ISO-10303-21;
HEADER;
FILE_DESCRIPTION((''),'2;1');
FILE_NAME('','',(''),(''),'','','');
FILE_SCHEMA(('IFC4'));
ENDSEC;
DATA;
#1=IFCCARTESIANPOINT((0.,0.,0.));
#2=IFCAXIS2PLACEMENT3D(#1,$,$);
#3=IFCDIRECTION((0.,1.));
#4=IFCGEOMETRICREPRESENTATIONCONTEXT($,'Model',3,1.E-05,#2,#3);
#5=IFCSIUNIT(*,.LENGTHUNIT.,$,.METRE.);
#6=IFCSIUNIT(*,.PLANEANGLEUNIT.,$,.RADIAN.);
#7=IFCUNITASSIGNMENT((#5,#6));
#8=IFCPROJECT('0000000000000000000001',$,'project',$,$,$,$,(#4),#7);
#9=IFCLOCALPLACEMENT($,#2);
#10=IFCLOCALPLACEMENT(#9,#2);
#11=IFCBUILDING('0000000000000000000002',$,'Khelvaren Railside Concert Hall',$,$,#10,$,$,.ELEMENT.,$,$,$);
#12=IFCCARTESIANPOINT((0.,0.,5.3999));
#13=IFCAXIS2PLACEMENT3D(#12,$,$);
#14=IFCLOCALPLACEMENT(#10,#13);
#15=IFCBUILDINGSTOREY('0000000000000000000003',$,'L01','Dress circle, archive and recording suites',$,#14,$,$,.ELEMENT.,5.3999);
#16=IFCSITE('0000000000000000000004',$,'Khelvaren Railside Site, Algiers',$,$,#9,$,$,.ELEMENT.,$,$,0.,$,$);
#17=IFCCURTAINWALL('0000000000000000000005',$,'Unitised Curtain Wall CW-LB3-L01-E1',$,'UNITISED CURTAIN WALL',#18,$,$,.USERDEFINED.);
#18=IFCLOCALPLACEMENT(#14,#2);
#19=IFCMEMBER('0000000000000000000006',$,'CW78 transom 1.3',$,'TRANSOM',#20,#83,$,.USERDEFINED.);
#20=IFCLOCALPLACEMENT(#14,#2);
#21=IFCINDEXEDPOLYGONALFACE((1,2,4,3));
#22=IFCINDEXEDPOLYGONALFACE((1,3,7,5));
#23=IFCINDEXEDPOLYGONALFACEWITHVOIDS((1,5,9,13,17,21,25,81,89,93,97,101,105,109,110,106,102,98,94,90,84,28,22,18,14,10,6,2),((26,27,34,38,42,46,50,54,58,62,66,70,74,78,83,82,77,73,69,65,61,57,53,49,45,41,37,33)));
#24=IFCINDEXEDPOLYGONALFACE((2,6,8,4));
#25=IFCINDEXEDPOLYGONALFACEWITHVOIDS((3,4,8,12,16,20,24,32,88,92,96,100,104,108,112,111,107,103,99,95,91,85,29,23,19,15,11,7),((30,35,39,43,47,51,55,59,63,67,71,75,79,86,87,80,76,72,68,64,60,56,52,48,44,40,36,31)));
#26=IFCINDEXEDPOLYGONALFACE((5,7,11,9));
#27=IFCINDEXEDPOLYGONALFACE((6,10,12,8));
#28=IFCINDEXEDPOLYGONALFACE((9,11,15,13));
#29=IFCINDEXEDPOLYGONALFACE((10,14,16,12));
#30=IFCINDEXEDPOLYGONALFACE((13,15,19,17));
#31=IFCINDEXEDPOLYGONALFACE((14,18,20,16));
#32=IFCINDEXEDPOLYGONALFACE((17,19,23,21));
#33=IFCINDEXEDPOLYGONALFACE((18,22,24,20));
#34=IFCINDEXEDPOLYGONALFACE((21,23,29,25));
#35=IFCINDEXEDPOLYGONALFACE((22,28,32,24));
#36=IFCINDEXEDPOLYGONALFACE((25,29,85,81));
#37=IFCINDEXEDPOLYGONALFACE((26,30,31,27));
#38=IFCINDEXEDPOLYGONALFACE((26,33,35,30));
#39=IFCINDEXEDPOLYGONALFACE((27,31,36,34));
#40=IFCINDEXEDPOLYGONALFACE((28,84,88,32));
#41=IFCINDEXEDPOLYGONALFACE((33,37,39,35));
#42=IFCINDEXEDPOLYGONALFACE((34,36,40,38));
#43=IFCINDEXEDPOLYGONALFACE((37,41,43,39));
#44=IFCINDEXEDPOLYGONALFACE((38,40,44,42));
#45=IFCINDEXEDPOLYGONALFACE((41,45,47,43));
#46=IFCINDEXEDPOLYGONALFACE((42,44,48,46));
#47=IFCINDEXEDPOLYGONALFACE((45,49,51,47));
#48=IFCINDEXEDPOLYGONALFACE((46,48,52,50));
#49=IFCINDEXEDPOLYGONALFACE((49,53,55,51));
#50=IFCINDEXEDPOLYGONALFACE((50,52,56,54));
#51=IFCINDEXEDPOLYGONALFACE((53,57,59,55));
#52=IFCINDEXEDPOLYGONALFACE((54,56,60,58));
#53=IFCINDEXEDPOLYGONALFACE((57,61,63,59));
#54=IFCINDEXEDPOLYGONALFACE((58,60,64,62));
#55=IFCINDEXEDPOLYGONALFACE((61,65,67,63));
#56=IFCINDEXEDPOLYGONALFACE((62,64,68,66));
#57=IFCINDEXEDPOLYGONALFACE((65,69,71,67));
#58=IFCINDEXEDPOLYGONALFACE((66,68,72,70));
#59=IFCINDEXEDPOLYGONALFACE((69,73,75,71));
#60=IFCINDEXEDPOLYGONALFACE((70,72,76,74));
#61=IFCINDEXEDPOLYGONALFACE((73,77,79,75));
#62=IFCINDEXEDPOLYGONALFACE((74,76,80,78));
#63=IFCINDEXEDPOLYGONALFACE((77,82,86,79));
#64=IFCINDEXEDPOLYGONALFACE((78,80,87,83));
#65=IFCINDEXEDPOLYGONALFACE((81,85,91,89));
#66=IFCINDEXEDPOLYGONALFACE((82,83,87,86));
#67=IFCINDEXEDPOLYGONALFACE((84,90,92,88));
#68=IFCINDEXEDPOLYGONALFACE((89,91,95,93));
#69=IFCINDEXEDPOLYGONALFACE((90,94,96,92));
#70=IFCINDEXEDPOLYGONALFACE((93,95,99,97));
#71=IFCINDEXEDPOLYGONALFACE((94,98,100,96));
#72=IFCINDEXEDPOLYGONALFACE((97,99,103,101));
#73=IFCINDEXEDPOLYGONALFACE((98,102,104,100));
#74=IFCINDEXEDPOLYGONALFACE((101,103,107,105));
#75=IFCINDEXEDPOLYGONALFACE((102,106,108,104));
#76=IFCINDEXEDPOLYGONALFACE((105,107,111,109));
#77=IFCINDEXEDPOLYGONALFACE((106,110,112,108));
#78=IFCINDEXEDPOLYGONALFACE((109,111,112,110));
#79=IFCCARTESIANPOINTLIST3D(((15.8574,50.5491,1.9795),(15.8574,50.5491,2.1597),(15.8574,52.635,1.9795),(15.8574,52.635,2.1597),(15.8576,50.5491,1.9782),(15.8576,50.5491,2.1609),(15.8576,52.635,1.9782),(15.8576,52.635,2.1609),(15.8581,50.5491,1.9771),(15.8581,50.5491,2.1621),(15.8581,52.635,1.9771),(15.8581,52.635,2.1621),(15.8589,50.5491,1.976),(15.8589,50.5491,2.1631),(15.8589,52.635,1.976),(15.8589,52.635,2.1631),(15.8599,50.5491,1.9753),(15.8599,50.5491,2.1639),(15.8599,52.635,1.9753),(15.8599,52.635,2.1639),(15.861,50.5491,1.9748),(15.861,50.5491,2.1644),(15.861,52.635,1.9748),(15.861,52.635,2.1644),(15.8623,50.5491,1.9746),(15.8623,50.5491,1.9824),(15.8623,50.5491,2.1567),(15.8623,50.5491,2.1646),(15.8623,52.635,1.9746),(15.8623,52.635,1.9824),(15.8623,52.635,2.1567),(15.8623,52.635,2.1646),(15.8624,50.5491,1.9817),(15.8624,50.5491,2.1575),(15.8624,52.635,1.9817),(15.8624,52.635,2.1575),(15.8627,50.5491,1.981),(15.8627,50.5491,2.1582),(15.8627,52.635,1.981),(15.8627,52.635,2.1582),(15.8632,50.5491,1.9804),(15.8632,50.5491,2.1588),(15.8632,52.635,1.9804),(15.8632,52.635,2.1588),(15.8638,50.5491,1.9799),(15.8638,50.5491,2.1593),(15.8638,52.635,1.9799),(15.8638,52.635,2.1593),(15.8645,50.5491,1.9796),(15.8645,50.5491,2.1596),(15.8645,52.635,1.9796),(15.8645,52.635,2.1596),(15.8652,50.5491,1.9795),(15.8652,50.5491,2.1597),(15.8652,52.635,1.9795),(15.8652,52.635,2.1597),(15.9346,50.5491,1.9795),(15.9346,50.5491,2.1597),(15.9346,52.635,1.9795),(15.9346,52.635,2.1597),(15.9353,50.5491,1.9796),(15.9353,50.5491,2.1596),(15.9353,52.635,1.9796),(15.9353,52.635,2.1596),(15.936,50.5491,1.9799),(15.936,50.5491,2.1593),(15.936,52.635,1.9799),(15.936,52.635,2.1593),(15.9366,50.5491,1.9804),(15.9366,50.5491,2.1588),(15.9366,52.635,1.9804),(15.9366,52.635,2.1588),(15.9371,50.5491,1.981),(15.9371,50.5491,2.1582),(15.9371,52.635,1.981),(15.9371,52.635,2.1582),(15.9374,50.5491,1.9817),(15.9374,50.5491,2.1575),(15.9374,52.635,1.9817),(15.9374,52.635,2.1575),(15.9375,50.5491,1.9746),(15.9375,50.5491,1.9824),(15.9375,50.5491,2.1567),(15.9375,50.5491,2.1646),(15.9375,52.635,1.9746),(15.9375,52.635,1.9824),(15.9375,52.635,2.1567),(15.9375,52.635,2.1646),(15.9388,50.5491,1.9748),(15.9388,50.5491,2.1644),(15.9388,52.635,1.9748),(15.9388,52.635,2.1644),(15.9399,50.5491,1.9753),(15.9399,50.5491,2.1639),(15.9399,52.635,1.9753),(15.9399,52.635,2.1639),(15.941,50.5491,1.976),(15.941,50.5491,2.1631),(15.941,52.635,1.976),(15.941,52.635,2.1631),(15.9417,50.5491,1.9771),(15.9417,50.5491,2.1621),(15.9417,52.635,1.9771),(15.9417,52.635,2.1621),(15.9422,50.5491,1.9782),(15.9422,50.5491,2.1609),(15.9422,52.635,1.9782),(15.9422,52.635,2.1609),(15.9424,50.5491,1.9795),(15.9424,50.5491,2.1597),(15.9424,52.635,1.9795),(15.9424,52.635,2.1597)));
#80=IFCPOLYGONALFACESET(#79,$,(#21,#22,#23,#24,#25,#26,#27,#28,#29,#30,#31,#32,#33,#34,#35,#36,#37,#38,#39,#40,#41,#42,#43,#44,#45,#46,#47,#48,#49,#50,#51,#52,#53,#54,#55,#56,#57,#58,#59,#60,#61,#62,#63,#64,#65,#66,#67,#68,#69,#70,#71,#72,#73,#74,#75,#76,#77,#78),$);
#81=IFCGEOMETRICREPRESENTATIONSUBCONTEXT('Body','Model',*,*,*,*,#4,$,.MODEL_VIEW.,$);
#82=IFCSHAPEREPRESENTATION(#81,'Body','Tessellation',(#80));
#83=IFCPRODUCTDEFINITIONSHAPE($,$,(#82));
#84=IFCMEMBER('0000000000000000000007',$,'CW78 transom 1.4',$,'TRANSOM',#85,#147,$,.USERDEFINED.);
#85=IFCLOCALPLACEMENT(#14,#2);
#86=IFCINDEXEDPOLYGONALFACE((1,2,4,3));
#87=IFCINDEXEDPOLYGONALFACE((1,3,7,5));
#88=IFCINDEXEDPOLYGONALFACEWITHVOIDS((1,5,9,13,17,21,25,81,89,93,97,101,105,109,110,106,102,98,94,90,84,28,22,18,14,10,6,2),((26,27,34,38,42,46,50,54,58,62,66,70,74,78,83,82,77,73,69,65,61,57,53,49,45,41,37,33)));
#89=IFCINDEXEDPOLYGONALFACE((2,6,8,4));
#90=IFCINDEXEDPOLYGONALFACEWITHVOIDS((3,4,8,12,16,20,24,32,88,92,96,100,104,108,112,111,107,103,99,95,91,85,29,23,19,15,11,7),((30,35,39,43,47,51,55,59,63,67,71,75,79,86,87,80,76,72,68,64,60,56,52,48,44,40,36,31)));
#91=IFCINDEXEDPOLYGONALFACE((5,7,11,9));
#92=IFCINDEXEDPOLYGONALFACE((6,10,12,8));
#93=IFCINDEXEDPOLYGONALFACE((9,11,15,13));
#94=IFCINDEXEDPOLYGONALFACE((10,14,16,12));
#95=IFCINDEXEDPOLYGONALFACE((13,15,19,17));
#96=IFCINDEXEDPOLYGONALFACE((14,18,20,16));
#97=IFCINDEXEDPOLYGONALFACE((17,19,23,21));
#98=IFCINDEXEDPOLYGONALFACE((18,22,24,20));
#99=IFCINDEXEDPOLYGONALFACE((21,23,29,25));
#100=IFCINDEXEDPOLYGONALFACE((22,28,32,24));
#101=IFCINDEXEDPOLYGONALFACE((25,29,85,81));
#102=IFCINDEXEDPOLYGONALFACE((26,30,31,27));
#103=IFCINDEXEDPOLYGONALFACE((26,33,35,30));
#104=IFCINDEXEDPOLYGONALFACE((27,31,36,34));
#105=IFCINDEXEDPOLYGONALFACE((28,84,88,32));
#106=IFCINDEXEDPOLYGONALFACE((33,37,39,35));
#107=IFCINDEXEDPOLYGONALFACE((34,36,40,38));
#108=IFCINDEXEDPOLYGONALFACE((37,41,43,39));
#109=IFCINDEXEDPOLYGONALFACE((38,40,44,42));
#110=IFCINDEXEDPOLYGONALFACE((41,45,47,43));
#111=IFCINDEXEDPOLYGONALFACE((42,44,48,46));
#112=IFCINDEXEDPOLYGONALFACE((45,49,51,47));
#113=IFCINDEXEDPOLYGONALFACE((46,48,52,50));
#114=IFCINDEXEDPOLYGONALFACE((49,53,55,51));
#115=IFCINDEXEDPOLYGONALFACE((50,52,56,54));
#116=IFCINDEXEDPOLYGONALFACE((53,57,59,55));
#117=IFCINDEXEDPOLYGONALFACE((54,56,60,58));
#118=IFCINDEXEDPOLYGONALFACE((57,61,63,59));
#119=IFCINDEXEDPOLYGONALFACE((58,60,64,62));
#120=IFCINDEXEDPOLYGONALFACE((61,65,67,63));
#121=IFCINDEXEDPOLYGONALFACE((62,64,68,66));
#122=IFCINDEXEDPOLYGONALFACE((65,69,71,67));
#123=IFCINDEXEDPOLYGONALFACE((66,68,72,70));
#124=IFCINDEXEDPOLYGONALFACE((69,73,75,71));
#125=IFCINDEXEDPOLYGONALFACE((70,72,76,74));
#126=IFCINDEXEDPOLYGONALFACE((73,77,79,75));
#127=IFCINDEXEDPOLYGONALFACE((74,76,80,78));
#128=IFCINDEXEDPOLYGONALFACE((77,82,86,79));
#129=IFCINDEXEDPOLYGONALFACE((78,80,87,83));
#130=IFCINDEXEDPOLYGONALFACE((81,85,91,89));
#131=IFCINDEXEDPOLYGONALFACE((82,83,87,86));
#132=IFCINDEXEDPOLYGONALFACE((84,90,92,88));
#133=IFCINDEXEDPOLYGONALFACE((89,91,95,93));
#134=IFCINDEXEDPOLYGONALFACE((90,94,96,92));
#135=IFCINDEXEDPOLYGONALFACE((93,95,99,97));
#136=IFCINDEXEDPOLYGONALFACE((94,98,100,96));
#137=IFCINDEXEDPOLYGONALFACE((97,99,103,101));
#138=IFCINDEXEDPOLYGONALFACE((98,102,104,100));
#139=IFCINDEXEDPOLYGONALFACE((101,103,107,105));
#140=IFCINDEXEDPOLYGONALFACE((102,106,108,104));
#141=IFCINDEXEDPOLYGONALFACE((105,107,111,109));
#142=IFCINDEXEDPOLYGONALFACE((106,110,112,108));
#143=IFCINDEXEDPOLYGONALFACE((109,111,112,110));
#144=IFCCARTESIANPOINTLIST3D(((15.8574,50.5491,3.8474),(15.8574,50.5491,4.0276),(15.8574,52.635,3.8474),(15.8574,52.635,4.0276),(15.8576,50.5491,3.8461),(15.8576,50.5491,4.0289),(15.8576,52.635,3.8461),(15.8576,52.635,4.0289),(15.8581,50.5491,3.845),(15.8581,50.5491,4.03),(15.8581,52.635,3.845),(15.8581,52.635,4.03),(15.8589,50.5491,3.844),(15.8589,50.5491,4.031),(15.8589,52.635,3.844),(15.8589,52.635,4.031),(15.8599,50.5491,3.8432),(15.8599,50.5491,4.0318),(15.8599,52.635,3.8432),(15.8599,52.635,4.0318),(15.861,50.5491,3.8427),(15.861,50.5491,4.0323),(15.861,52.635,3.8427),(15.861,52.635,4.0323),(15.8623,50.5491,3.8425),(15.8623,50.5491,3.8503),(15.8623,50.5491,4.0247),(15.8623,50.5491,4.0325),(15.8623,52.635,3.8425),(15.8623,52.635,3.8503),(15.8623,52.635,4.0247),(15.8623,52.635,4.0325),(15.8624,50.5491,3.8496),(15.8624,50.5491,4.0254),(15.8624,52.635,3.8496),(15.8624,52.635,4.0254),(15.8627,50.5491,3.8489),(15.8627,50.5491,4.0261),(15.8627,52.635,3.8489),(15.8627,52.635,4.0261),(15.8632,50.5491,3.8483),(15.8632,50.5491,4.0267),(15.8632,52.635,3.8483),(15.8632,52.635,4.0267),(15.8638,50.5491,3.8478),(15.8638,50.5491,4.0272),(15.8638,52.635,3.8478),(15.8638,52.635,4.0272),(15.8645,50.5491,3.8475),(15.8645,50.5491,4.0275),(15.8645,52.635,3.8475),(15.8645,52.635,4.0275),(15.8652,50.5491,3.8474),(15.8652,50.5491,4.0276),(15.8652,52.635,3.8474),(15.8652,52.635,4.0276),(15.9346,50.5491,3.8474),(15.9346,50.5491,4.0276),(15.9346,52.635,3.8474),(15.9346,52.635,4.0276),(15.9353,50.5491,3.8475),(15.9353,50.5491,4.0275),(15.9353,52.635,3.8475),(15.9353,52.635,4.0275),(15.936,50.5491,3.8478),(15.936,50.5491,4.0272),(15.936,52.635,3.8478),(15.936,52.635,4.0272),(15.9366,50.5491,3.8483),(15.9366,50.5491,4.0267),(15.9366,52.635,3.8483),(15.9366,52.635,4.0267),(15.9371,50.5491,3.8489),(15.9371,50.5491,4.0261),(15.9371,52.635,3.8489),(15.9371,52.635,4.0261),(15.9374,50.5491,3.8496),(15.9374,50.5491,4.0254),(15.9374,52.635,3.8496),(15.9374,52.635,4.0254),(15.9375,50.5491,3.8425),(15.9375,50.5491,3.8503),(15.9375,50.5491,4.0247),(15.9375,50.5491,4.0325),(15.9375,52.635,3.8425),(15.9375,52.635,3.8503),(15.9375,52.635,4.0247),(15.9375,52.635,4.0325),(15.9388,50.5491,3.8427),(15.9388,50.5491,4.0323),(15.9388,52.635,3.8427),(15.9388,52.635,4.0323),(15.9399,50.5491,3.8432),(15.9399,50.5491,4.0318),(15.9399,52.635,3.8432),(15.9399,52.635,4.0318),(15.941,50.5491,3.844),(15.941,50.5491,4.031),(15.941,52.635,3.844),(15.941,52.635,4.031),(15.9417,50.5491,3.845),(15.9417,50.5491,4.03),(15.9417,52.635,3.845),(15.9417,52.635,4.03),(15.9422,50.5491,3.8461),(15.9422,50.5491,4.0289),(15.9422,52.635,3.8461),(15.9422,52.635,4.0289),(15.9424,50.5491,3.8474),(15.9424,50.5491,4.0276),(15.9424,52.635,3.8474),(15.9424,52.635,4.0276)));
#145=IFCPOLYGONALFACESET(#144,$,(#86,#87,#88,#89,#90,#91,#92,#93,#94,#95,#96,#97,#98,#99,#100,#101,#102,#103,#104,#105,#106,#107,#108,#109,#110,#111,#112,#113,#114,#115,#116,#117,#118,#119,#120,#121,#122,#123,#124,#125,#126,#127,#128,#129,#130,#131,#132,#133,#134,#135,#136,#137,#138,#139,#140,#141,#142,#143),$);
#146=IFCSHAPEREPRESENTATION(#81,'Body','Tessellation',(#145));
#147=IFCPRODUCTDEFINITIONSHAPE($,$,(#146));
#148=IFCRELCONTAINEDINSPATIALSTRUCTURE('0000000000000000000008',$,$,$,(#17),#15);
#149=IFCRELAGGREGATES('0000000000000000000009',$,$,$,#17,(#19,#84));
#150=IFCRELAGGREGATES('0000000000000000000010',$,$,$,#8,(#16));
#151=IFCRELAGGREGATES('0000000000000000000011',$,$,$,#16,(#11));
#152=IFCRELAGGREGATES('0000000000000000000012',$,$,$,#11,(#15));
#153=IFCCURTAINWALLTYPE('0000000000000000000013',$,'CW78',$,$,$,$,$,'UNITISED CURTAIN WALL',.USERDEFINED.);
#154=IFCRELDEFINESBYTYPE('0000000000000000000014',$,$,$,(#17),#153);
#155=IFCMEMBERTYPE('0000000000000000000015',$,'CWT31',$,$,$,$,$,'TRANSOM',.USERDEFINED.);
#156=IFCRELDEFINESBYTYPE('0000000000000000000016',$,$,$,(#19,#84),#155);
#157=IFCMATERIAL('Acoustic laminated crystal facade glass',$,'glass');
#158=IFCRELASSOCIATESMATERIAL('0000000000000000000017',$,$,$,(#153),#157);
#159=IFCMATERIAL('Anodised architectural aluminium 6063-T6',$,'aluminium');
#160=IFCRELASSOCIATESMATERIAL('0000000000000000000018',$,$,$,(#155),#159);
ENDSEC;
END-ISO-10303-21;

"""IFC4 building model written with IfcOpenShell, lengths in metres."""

from ifc_helpers import new_model, si_unit, direction, frame, origin, origin_2d, place, context, subcontext, project, spatial, hollow_rectangle, extrude, material, material_profile, profile_set, type_object, element, aggregate, save


model = new_model("IFC4")

# Units and contexts
model_context = context("Model", 3, precision=1e-05, world=origin(), true_north=direction((0.0, 1.0)))
body_context = subcontext(model_context, "Body", "Model", "MODEL_VIEW")
ifc_project = project(units=[si_unit("LENGTHUNIT", "METRE"), si_unit("PLANEANGLEUNIT", "RADIAN")], contexts=[model_context])

# Site, building, storey
site_placement = place(None, origin())
site = spatial("IfcSite", under=ifc_project, at=site_placement, Name="Khelvaren Railside Site, Algiers", CompositionType="ELEMENT", RefElevation=0.0)
building_placement = place(site_placement, origin())
building = spatial("IfcBuilding", under=site, at=building_placement, Name="Khelvaren Railside Concert Hall", CompositionType="ELEMENT")
storey_placement = place(building_placement, frame((0.0, 0.0, 5.3999)))
storey = spatial("IfcBuildingStorey", under=building, at=storey_placement, Name="L01", Description="Dress circle, archive and recording suites", CompositionType="ELEMENT", Elevation=5.3999)

# Curtain wall
ifc_material_1 = material(Name="Acoustic laminated crystal facade glass", Category="glass")
curtain_wall_type = type_object("IfcCurtainWallType", Name="CW78", ElementType="UNITISED CURTAIN WALL", PredefinedType="USERDEFINED", material=ifc_material_1)
curtain_wall_1_placement = place(storey_placement, origin())
curtain_wall_1 = element("IfcCurtainWall", 1, at=curtain_wall_1_placement, inside=storey, type_object=curtain_wall_type, Name="Unitised Curtain Wall CW-LB3-L01-E1", ObjectType="UNITISED CURTAIN WALL", PredefinedType="USERDEFINED")
ifc_material_2 = material(Name="Anodised architectural aluminium 6063-T6", Category="aluminium")

# Members
ifc_material_profile_1 = material_profile(ifc_material_2, hollow_rectangle(XDim=0.085, YDim=0.1899, WallThickness=0.0049, InnerFilletRadius=0.0029, OuterFilletRadius=0.0049, at=origin_2d()), Name="CWT 85x190x5")
ifc_profile_set_1 = profile_set([ifc_material_profile_1], Name="Anodised architectural aluminium 6063-T6")
member_type_1 = type_object("IfcMemberType", Name="CWT31", ElementType="TRANSOM", PredefinedType="USERDEFINED", material=ifc_profile_set_1)
member_1_placement = place(storey_placement, frame((15.8999, 52.635, 2.0696), z_axis=(0.0, -1.0, 0.0), x_axis=(1.0, 0.0, 0.0)))
member_1 = element("IfcMember", 2, at=member_1_placement, type_object=member_type_1, Name="CW78 transom 1.3", ObjectType="TRANSOM", PredefinedType="USERDEFINED", context=body_context, shape_type="SweptSolid", body=[
    extrude(hollow_rectangle(XDim=0.085, YDim=0.1899, WallThickness=0.0049, InnerFilletRadius=0.0029, OuterFilletRadius=0.0049, at=origin_2d()), origin(), (0.0, 0.0, 1.0), 2.0859),
])
member_2_placement = place(storey_placement, frame((15.8999, 52.635, 3.9375), z_axis=(0.0, -1.0, 0.0), x_axis=(1.0, 0.0, 0.0)))
member_2 = element("IfcMember", 3, at=member_2_placement, type_object=member_type_1, Name="CW78 transom 1.4", ObjectType="TRANSOM", PredefinedType="USERDEFINED", context=body_context, shape_type="SweptSolid", body=[
    extrude(hollow_rectangle(XDim=0.085, YDim=0.1899, WallThickness=0.0049, InnerFilletRadius=0.0029, OuterFilletRadius=0.0049, at=origin_2d()), origin(), (0.0, 0.0, 1.0), 2.0859),
])

aggregate(curtain_wall_1, [member_1, member_2])

save(model, "model.ifc")
